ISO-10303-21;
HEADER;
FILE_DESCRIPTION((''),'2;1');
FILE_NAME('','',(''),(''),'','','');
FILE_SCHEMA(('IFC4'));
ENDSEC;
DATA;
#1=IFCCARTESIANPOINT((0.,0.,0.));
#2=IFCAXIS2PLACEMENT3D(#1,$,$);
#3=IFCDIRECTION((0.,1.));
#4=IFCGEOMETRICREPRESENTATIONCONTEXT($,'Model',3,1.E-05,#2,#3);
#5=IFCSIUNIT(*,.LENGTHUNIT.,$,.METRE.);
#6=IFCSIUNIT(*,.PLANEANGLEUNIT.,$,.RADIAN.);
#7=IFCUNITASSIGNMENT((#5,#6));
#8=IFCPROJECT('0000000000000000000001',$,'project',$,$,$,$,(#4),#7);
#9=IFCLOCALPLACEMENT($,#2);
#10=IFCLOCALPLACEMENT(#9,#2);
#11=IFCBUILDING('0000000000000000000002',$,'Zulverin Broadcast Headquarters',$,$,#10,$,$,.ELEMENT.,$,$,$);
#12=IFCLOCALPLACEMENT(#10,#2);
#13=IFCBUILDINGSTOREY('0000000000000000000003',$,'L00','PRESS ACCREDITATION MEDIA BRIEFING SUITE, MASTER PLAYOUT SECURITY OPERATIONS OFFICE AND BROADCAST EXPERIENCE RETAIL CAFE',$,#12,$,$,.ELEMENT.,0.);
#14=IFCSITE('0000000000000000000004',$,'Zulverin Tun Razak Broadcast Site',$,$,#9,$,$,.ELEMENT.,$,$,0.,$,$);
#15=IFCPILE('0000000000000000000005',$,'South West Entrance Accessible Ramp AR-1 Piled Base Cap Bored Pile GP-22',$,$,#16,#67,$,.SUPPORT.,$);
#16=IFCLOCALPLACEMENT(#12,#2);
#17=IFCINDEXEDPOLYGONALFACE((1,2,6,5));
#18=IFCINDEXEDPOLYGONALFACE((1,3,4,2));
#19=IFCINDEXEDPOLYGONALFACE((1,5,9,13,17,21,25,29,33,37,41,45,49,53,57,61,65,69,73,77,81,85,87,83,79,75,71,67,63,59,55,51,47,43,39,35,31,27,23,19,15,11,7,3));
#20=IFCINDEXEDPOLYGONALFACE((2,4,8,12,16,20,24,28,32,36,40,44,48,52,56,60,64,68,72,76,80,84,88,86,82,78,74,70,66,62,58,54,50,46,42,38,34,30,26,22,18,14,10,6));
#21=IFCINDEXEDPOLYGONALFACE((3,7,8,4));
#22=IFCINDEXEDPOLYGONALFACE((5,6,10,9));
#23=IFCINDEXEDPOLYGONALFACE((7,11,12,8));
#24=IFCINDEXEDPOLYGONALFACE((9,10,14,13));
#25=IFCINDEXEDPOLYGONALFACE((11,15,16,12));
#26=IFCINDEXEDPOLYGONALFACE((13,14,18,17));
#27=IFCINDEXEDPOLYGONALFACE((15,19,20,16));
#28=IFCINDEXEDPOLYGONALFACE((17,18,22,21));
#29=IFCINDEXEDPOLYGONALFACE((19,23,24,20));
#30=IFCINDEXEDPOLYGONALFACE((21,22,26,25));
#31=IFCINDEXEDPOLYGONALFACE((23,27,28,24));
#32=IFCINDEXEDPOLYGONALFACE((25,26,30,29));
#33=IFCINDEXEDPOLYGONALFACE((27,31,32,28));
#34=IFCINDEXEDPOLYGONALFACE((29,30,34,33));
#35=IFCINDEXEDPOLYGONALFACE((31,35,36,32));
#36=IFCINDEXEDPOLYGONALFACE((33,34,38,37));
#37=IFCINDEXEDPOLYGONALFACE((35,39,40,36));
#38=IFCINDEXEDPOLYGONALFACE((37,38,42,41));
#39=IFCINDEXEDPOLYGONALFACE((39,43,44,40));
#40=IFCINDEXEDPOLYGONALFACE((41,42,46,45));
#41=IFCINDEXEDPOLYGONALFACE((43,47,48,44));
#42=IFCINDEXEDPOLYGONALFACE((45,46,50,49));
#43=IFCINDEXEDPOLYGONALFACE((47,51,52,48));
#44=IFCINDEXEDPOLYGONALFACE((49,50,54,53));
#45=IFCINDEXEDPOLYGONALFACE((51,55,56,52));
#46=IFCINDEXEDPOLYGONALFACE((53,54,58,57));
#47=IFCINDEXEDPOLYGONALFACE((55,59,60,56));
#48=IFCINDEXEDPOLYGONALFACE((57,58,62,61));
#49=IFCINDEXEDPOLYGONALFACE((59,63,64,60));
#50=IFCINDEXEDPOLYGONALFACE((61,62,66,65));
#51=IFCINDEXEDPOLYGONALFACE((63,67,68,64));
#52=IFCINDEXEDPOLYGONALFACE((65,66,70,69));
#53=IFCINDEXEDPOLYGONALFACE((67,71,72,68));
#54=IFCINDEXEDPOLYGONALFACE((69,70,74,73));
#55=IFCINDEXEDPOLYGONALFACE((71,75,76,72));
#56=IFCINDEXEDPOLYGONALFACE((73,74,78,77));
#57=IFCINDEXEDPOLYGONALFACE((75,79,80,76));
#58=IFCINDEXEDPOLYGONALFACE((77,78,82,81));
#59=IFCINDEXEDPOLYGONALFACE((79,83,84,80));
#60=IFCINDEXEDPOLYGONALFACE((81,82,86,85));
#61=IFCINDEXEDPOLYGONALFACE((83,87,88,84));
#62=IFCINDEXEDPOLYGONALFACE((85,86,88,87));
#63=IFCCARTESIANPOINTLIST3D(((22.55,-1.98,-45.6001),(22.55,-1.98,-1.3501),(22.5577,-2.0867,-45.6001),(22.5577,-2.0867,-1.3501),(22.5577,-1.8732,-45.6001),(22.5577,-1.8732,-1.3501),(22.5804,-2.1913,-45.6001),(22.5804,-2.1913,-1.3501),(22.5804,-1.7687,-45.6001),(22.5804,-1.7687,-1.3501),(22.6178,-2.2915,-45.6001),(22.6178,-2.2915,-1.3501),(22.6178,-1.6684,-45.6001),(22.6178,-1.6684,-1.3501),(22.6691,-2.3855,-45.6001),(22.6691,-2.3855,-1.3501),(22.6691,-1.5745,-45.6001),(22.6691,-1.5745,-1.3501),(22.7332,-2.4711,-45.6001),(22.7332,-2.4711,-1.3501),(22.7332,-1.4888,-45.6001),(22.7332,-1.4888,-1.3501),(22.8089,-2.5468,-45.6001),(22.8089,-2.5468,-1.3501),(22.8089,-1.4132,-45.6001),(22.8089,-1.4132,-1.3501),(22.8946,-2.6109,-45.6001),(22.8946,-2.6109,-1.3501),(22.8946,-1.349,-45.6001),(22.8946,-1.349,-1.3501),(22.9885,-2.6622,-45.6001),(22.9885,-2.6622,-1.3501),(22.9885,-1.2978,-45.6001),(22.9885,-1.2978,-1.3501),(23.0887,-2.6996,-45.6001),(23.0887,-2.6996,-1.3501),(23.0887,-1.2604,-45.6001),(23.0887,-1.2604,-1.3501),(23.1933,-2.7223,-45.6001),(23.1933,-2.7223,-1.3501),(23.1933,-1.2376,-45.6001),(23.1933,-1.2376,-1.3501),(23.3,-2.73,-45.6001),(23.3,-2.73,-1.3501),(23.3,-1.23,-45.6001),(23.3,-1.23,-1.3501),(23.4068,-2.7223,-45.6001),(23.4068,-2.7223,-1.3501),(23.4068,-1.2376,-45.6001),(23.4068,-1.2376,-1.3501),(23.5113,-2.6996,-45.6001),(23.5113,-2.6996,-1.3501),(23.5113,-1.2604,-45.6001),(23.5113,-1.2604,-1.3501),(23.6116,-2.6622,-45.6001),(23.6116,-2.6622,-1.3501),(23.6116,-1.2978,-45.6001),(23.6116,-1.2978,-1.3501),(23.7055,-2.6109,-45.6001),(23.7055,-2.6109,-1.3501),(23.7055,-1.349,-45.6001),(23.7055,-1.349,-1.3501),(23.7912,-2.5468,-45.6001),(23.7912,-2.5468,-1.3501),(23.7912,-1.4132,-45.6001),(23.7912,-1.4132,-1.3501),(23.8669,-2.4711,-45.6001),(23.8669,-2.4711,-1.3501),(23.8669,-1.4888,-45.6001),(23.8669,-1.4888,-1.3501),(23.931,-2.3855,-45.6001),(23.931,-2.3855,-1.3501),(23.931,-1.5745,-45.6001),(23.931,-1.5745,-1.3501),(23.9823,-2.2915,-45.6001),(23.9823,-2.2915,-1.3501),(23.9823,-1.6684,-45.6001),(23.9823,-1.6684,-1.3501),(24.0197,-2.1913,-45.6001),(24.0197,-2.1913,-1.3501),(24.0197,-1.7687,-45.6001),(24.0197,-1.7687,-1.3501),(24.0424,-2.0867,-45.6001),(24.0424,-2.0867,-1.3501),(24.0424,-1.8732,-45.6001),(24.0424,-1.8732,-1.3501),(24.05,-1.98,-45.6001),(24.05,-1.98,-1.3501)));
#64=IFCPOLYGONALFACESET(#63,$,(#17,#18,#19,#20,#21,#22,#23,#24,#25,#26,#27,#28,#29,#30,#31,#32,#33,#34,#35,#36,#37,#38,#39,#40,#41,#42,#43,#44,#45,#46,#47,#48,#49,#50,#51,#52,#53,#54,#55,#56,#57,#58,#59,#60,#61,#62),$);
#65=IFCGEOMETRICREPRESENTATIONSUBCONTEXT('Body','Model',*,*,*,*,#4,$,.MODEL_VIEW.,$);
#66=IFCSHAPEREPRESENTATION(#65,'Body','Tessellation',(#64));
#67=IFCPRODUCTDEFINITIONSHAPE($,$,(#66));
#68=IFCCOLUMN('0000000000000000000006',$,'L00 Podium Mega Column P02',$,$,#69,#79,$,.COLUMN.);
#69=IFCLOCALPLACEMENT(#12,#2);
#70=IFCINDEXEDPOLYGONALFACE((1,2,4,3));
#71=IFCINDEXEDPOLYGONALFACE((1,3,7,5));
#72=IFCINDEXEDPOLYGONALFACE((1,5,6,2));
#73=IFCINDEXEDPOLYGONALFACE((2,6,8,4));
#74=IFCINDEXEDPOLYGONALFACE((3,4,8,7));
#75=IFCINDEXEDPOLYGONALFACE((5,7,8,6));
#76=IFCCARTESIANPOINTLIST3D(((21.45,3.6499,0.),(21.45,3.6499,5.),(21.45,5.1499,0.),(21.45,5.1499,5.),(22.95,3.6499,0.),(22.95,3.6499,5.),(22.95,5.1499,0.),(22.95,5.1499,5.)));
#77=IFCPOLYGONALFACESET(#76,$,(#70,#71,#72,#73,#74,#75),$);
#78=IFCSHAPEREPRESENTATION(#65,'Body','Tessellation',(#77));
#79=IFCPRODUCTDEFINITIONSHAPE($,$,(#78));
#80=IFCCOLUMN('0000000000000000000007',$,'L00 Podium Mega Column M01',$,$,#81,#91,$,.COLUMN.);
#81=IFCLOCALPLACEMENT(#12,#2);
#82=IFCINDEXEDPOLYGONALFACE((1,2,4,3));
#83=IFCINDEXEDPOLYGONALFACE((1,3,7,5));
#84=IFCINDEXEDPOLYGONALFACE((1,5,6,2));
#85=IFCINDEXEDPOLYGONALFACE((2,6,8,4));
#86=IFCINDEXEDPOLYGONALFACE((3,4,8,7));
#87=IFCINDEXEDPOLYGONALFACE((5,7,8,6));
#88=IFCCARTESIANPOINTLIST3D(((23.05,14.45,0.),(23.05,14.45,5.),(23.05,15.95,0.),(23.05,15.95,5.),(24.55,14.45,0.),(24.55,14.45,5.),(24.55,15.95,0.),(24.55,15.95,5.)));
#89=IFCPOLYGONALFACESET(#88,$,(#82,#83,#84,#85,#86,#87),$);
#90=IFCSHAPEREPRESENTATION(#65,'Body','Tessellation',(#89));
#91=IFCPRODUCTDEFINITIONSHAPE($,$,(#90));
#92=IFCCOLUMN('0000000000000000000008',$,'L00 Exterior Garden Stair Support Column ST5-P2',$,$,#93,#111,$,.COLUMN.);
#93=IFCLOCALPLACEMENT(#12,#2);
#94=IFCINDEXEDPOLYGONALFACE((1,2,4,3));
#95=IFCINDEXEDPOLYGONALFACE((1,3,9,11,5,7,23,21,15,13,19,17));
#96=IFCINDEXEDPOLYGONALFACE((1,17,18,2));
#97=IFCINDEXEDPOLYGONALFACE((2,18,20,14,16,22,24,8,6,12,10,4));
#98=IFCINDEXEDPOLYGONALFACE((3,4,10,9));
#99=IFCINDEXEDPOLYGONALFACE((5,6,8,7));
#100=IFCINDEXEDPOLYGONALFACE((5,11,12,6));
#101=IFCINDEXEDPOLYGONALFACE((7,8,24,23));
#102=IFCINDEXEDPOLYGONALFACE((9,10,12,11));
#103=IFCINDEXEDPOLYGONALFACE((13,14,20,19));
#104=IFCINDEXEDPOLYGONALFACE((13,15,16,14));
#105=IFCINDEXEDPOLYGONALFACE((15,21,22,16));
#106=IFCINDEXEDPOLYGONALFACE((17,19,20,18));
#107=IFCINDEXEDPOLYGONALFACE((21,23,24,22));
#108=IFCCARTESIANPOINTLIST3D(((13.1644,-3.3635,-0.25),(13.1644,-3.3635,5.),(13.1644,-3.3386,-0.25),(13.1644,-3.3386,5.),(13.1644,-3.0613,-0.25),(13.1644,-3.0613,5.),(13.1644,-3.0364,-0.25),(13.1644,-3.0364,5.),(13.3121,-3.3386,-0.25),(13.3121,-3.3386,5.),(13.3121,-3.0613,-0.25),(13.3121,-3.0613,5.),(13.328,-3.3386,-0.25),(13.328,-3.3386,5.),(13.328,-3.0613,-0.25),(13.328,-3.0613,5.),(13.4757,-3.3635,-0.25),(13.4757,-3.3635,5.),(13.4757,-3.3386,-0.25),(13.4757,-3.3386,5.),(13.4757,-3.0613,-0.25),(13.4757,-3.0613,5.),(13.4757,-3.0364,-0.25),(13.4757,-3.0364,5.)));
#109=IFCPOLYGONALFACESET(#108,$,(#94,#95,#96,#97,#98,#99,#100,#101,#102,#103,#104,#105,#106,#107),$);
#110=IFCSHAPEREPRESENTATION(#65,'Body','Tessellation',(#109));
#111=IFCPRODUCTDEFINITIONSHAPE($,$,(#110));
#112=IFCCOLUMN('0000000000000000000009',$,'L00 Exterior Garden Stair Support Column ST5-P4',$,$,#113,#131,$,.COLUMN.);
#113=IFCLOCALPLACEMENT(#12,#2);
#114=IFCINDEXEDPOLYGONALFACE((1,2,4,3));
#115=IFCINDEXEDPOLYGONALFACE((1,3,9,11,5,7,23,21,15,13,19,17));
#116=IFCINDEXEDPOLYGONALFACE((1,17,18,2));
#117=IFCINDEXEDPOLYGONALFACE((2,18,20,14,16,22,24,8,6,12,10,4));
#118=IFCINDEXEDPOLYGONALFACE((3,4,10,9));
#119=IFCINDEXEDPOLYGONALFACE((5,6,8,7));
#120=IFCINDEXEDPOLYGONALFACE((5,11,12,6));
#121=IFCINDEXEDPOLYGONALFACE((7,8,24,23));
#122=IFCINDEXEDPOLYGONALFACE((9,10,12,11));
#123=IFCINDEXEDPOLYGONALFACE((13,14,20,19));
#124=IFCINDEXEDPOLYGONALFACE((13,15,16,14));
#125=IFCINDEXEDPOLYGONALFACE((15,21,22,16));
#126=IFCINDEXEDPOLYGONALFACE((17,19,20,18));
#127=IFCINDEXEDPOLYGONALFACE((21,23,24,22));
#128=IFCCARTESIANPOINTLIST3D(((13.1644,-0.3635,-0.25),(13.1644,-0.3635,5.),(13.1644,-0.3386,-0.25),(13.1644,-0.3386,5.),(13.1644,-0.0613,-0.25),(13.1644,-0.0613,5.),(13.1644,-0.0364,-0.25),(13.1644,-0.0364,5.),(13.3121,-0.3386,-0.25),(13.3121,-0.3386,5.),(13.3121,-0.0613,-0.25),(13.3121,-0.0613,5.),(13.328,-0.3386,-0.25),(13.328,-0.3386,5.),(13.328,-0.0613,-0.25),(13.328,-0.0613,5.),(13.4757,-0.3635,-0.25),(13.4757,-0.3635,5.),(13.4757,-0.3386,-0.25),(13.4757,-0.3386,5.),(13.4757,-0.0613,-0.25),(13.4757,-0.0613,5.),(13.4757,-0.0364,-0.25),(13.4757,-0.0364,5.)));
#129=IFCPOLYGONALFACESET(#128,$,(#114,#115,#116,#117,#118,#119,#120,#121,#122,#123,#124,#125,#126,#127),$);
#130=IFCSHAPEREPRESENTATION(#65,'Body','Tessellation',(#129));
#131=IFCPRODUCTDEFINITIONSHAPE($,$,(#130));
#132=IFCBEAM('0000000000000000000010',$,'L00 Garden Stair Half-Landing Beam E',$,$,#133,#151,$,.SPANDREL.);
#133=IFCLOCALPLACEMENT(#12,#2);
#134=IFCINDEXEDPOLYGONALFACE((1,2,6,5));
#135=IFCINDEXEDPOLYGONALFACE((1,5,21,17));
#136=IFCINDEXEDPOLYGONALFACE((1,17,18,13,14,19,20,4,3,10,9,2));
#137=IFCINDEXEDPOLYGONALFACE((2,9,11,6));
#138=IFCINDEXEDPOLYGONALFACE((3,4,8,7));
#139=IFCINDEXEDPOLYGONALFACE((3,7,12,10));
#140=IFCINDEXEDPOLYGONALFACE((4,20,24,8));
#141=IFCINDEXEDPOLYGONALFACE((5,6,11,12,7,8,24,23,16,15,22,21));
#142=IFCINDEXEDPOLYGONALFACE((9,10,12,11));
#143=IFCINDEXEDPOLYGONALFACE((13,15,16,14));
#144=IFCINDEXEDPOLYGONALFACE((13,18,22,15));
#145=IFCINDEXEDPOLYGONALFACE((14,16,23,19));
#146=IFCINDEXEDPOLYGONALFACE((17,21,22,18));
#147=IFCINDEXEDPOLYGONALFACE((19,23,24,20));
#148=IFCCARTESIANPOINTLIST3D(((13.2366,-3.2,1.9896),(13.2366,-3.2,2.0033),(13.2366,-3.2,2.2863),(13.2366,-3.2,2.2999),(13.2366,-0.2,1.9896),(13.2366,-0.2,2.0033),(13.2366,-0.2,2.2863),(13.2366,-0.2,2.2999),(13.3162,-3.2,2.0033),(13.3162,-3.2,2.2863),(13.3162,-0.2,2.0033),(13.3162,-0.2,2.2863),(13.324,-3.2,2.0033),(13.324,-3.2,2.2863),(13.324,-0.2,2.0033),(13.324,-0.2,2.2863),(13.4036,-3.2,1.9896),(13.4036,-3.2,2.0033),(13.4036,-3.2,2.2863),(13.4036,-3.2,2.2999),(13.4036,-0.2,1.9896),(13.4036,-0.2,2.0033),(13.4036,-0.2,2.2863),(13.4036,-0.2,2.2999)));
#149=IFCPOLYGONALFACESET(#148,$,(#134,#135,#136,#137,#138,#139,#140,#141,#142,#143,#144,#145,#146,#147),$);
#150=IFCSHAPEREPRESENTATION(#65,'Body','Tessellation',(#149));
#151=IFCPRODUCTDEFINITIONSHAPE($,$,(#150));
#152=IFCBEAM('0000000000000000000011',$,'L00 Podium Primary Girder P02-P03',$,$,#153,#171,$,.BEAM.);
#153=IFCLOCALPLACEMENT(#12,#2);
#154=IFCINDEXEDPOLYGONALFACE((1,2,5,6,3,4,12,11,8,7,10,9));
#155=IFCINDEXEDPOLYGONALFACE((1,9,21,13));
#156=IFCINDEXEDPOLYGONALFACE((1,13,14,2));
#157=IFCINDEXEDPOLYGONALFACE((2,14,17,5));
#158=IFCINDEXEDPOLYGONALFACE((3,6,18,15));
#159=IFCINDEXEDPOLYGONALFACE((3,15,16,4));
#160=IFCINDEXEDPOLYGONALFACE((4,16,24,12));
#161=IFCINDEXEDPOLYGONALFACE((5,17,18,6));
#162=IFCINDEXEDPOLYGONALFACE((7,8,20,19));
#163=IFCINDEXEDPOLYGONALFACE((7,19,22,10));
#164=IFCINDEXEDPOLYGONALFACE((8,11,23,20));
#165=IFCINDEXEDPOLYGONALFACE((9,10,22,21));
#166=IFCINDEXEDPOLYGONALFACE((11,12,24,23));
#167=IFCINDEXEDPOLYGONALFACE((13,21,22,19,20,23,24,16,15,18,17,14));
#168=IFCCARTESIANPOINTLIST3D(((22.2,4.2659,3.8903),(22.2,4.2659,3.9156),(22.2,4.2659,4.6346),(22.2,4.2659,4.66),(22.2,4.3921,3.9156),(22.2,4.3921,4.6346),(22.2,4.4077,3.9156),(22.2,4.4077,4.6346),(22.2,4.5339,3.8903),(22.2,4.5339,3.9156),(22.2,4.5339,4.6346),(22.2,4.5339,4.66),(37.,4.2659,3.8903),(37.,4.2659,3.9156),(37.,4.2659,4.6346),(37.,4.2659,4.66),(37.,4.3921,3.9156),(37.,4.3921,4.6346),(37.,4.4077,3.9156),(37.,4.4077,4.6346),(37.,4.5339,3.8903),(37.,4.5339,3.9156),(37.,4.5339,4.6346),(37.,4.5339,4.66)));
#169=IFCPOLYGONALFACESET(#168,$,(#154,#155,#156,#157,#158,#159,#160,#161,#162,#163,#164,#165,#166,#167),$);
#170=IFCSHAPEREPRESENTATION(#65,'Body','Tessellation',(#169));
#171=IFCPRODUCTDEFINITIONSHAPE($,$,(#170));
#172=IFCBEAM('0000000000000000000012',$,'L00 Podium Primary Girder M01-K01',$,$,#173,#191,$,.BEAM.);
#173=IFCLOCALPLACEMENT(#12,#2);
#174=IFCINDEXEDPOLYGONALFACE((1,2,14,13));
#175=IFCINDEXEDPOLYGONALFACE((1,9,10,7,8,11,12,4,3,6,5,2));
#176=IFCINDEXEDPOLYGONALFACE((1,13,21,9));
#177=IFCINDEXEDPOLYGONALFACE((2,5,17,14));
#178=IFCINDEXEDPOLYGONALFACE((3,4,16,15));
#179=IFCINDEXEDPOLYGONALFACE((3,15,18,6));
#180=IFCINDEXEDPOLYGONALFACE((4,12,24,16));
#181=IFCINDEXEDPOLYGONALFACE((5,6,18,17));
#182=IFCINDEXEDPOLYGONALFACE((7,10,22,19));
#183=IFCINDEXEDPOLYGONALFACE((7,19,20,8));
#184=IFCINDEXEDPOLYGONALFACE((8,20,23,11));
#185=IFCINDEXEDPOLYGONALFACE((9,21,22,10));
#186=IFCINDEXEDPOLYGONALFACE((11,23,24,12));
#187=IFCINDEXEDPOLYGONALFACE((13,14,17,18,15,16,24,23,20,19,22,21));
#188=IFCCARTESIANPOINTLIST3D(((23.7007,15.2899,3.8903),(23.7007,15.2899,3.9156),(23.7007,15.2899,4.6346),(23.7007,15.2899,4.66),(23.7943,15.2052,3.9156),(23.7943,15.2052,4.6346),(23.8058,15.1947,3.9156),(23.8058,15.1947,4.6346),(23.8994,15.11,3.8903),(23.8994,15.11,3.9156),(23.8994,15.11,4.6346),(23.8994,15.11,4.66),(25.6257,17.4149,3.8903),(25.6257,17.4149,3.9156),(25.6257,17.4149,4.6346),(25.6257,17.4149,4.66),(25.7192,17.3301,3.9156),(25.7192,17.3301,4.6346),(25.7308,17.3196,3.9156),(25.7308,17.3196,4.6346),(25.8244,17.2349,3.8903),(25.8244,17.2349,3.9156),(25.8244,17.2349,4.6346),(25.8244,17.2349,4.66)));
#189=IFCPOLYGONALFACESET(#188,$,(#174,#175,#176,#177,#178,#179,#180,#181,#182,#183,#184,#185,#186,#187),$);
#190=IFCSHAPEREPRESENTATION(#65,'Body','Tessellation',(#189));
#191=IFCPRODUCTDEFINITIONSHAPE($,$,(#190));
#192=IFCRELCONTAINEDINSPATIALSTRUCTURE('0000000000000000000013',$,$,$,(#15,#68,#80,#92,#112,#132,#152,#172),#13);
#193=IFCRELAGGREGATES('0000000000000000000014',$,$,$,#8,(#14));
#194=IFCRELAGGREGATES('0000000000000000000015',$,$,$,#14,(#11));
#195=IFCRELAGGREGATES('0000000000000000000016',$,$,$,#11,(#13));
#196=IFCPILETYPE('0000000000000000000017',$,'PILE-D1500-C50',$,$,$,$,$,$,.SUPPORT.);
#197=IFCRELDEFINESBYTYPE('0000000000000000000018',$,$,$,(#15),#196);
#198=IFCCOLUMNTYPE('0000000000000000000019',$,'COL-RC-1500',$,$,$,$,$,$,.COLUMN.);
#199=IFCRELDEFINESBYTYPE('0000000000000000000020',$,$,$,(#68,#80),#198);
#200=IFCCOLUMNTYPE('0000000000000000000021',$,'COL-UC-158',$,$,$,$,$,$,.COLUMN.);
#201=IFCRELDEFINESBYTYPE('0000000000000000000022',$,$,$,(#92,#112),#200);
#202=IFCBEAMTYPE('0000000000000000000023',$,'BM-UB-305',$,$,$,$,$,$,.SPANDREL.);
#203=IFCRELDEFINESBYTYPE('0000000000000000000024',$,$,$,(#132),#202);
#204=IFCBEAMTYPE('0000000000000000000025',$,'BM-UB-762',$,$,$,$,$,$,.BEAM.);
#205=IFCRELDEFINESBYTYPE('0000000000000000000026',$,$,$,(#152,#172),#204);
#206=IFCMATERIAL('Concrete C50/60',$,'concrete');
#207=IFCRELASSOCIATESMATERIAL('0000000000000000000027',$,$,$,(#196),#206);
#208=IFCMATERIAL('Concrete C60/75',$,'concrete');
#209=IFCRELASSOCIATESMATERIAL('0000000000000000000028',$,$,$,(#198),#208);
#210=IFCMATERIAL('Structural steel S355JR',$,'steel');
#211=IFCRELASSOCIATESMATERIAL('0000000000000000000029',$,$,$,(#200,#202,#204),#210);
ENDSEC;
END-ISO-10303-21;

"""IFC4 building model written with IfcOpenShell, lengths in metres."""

from ifc_helpers import new_model, si_unit, direction, frame, origin, origin_2d, place, context, subcontext, project, spatial, rectangle, circle, i_section, extrude, material, material_profile, profile_set, type_object, element, save


model = new_model("IFC4")

# Units and contexts
model_context = context("Model", 3, precision=1e-05, world=origin(), true_north=direction((0.0, 1.0)))
body_context = subcontext(model_context, "Body", "Model", "MODEL_VIEW")
ifc_project = project(units=[si_unit("LENGTHUNIT", "METRE"), si_unit("PLANEANGLEUNIT", "RADIAN")], contexts=[model_context])

# Site, building, storey
site_placement = place(None, origin())
site = spatial("IfcSite", under=ifc_project, at=site_placement, Name="Zulverin Tun Razak Broadcast Site", CompositionType="ELEMENT", RefElevation=0.0)
building_placement = place(site_placement, origin())
building = spatial("IfcBuilding", under=site, at=building_placement, Name="Zulverin Broadcast Headquarters", CompositionType="ELEMENT")
storey_placement = place(building_placement, origin())
storey = spatial("IfcBuildingStorey", under=building, at=storey_placement, Name="L00", Description="PRESS ACCREDITATION MEDIA BRIEFING SUITE, MASTER PLAYOUT SECURITY OPERATIONS OFFICE AND BROADCAST EXPERIENCE RETAIL CAFE", CompositionType="ELEMENT", Elevation=0.0)

# Pile
ifc_material_1 = material(Name="Concrete C50/60", Category="concrete")
ifc_material_profile_1 = material_profile(ifc_material_1, circle(Radius=0.75, at=origin_2d()), Name="Concrete C50/60", Category="concrete")
ifc_profile_set_1 = profile_set([ifc_material_profile_1], Name="Concrete C50/60")
pile_type = type_object("IfcPileType", Name="PILE-D1500-C50", PredefinedType="SUPPORT", material=ifc_profile_set_1)
pile_1_placement = place(storey_placement, frame((23.3, -1.98, -1.3501), z_axis=(0.0, 0.0, -1.0), x_axis=(1.0, 0.0, 0.0)))
element("IfcPile", 1, at=pile_1_placement, inside=storey, type_object=pile_type, Name="South West Entrance Accessible Ramp AR-1 Piled Base Cap Bored Pile GP-22", PredefinedType="SUPPORT", context=body_context, shape_type="SweptSolid", body=[
    extrude(circle(Radius=0.75, at=origin_2d()), origin(), (0.0, 0.0, 1.0), 44.25),
])

# Columns
ifc_material_2 = material(Name="Concrete C60/75", Category="concrete")
ifc_material_profile_2 = material_profile(ifc_material_2, rectangle(XDim=1.5, YDim=1.5, at=origin_2d()), Name="Concrete C60/75", Category="concrete")
ifc_profile_set_2 = profile_set([ifc_material_profile_2], Name="Concrete C60/75")
column_type_1 = type_object("IfcColumnType", Name="COL-RC-1500", PredefinedType="COLUMN", material=ifc_profile_set_2)
for number, where, z_axis, x_axis, name in (
    (2, (22.2, 4.3999, 0.0), (0.0, 0.0, 1.0), (1.0, 0.0, 0.0), "L00 Podium Mega Column P02"),
    (3, (23.8, 15.2, 0.0), (0.0, 0.0, 1.0), (1.0, 0.0, 0.0), "L00 Podium Mega Column M01"),
):
    element("IfcColumn", number, at=place(storey_placement, frame(where, z_axis=z_axis, x_axis=x_axis)), inside=storey, type_object=column_type_1, Name=name, PredefinedType="COLUMN", context=body_context, shape_type="SweptSolid", body=[
        extrude(rectangle(XDim=1.5, YDim=1.5, at=origin_2d()), origin(), (0.0, 0.0, 1.0), 5.0),
    ])
ifc_material_3 = material(Name="Structural steel S355JR", Category="steel")
ifc_material_profile_3 = material_profile(ifc_material_3, i_section(OverallWidth=0.3113, OverallDepth=0.3271, WebThickness=0.0159, FlangeThickness=0.0249, at=origin_2d()), Name="Structural steel S355JR", Category="steel")
ifc_profile_set_3 = profile_set([ifc_material_profile_3], Name="Structural steel S355JR")
column_type_2 = type_object("IfcColumnType", Name="COL-UC-158", PredefinedType="COLUMN", material=ifc_profile_set_3)
for number, where, z_axis, x_axis, name in (
    (4, (13.3201, -3.2, -0.25), (0.0, 0.0, 1.0), (1.0, 0.0, 0.0), "L00 Exterior Garden Stair Support Column ST5-P2"),
    (5, (13.3201, -0.2, -0.25), (0.0, 0.0, 1.0), (1.0, 0.0, 0.0), "L00 Exterior Garden Stair Support Column ST5-P4"),
):
    element("IfcColumn", number, at=place(storey_placement, frame(where, z_axis=z_axis, x_axis=x_axis)), inside=storey, type_object=column_type_2, Name=name, PredefinedType="COLUMN", context=body_context, shape_type="SweptSolid", body=[
        extrude(i_section(OverallWidth=0.3113, OverallDepth=0.3271, WebThickness=0.0159, FlangeThickness=0.0249, at=origin_2d()), origin(), (0.0, 0.0, 1.0), 5.25),
    ])

# Beams
ifc_material_profile_4 = material_profile(ifc_material_3, i_section(OverallWidth=0.167, OverallDepth=0.3103, WebThickness=0.0078, FlangeThickness=0.0137, at=origin_2d()), Name="Structural steel S355JR", Category="steel")
ifc_profile_set_4 = profile_set([ifc_material_profile_4], Name="Structural steel S355JR")
beam_type_1 = type_object("IfcBeamType", Name="BM-UB-305", PredefinedType="SPANDREL", material=ifc_profile_set_4)
beam_1_placement = place(storey_placement, frame((13.3201, -3.2, 2.1448), z_axis=(0.0, 1.0, 0.0), x_axis=(-1.0, 0.0, 0.0)))
element("IfcBeam", 6, at=beam_1_placement, inside=storey, type_object=beam_type_1, Name="L00 Garden Stair Half-Landing Beam E", PredefinedType="SPANDREL", context=body_context, shape_type="SweptSolid", body=[
    extrude(i_section(OverallWidth=0.167, OverallDepth=0.3103, WebThickness=0.0078, FlangeThickness=0.0137, at=origin_2d()), origin(), (0.0, 0.0, 1.0), 3.0),
])
ifc_material_profile_5 = material_profile(ifc_material_3, i_section(OverallWidth=0.2681, OverallDepth=0.7698, WebThickness=0.0156, FlangeThickness=0.0254, at=origin_2d()), Name="Structural steel S355JR", Category="steel")
ifc_profile_set_5 = profile_set([ifc_material_profile_5], Name="Structural steel S355JR")
beam_type_2 = type_object("IfcBeamType", Name="BM-UB-762", PredefinedType="BEAM", material=ifc_profile_set_5)
beam_2_placement = place(storey_placement, frame((22.2, 4.3999, 4.2751), z_axis=(1.0, 0.0, 0.0), x_axis=(0.0, 1.0, 0.0)))
element("IfcBeam", 7, at=beam_2_placement, inside=storey, type_object=beam_type_2, Name="L00 Podium Primary Girder P02-P03", PredefinedType="BEAM", context=body_context, shape_type="SweptSolid", body=[
    extrude(i_section(OverallWidth=0.2681, OverallDepth=0.7698, WebThickness=0.0156, FlangeThickness=0.0254, at=origin_2d()), origin(), (0.0, 0.0, 1.0), 14.8),
])
beam_3_placement = place(storey_placement, frame((23.8, 15.2, 4.2751), z_axis=(0.671379, 0.741114, 0.0), x_axis=(-0.741114, 0.671379, 0.0)))
element("IfcBeam", 8, at=beam_3_placement, inside=storey, type_object=beam_type_2, Name="L00 Podium Primary Girder M01-K01", PredefinedType="BEAM", context=body_context, shape_type="SweptSolid", body=[
    extrude(i_section(OverallWidth=0.2681, OverallDepth=0.7698, WebThickness=0.0156, FlangeThickness=0.0254, at=origin_2d()), origin(), (0.0, 0.0, 1.0), 2.8672),
])

save(model, "model.ifc")
